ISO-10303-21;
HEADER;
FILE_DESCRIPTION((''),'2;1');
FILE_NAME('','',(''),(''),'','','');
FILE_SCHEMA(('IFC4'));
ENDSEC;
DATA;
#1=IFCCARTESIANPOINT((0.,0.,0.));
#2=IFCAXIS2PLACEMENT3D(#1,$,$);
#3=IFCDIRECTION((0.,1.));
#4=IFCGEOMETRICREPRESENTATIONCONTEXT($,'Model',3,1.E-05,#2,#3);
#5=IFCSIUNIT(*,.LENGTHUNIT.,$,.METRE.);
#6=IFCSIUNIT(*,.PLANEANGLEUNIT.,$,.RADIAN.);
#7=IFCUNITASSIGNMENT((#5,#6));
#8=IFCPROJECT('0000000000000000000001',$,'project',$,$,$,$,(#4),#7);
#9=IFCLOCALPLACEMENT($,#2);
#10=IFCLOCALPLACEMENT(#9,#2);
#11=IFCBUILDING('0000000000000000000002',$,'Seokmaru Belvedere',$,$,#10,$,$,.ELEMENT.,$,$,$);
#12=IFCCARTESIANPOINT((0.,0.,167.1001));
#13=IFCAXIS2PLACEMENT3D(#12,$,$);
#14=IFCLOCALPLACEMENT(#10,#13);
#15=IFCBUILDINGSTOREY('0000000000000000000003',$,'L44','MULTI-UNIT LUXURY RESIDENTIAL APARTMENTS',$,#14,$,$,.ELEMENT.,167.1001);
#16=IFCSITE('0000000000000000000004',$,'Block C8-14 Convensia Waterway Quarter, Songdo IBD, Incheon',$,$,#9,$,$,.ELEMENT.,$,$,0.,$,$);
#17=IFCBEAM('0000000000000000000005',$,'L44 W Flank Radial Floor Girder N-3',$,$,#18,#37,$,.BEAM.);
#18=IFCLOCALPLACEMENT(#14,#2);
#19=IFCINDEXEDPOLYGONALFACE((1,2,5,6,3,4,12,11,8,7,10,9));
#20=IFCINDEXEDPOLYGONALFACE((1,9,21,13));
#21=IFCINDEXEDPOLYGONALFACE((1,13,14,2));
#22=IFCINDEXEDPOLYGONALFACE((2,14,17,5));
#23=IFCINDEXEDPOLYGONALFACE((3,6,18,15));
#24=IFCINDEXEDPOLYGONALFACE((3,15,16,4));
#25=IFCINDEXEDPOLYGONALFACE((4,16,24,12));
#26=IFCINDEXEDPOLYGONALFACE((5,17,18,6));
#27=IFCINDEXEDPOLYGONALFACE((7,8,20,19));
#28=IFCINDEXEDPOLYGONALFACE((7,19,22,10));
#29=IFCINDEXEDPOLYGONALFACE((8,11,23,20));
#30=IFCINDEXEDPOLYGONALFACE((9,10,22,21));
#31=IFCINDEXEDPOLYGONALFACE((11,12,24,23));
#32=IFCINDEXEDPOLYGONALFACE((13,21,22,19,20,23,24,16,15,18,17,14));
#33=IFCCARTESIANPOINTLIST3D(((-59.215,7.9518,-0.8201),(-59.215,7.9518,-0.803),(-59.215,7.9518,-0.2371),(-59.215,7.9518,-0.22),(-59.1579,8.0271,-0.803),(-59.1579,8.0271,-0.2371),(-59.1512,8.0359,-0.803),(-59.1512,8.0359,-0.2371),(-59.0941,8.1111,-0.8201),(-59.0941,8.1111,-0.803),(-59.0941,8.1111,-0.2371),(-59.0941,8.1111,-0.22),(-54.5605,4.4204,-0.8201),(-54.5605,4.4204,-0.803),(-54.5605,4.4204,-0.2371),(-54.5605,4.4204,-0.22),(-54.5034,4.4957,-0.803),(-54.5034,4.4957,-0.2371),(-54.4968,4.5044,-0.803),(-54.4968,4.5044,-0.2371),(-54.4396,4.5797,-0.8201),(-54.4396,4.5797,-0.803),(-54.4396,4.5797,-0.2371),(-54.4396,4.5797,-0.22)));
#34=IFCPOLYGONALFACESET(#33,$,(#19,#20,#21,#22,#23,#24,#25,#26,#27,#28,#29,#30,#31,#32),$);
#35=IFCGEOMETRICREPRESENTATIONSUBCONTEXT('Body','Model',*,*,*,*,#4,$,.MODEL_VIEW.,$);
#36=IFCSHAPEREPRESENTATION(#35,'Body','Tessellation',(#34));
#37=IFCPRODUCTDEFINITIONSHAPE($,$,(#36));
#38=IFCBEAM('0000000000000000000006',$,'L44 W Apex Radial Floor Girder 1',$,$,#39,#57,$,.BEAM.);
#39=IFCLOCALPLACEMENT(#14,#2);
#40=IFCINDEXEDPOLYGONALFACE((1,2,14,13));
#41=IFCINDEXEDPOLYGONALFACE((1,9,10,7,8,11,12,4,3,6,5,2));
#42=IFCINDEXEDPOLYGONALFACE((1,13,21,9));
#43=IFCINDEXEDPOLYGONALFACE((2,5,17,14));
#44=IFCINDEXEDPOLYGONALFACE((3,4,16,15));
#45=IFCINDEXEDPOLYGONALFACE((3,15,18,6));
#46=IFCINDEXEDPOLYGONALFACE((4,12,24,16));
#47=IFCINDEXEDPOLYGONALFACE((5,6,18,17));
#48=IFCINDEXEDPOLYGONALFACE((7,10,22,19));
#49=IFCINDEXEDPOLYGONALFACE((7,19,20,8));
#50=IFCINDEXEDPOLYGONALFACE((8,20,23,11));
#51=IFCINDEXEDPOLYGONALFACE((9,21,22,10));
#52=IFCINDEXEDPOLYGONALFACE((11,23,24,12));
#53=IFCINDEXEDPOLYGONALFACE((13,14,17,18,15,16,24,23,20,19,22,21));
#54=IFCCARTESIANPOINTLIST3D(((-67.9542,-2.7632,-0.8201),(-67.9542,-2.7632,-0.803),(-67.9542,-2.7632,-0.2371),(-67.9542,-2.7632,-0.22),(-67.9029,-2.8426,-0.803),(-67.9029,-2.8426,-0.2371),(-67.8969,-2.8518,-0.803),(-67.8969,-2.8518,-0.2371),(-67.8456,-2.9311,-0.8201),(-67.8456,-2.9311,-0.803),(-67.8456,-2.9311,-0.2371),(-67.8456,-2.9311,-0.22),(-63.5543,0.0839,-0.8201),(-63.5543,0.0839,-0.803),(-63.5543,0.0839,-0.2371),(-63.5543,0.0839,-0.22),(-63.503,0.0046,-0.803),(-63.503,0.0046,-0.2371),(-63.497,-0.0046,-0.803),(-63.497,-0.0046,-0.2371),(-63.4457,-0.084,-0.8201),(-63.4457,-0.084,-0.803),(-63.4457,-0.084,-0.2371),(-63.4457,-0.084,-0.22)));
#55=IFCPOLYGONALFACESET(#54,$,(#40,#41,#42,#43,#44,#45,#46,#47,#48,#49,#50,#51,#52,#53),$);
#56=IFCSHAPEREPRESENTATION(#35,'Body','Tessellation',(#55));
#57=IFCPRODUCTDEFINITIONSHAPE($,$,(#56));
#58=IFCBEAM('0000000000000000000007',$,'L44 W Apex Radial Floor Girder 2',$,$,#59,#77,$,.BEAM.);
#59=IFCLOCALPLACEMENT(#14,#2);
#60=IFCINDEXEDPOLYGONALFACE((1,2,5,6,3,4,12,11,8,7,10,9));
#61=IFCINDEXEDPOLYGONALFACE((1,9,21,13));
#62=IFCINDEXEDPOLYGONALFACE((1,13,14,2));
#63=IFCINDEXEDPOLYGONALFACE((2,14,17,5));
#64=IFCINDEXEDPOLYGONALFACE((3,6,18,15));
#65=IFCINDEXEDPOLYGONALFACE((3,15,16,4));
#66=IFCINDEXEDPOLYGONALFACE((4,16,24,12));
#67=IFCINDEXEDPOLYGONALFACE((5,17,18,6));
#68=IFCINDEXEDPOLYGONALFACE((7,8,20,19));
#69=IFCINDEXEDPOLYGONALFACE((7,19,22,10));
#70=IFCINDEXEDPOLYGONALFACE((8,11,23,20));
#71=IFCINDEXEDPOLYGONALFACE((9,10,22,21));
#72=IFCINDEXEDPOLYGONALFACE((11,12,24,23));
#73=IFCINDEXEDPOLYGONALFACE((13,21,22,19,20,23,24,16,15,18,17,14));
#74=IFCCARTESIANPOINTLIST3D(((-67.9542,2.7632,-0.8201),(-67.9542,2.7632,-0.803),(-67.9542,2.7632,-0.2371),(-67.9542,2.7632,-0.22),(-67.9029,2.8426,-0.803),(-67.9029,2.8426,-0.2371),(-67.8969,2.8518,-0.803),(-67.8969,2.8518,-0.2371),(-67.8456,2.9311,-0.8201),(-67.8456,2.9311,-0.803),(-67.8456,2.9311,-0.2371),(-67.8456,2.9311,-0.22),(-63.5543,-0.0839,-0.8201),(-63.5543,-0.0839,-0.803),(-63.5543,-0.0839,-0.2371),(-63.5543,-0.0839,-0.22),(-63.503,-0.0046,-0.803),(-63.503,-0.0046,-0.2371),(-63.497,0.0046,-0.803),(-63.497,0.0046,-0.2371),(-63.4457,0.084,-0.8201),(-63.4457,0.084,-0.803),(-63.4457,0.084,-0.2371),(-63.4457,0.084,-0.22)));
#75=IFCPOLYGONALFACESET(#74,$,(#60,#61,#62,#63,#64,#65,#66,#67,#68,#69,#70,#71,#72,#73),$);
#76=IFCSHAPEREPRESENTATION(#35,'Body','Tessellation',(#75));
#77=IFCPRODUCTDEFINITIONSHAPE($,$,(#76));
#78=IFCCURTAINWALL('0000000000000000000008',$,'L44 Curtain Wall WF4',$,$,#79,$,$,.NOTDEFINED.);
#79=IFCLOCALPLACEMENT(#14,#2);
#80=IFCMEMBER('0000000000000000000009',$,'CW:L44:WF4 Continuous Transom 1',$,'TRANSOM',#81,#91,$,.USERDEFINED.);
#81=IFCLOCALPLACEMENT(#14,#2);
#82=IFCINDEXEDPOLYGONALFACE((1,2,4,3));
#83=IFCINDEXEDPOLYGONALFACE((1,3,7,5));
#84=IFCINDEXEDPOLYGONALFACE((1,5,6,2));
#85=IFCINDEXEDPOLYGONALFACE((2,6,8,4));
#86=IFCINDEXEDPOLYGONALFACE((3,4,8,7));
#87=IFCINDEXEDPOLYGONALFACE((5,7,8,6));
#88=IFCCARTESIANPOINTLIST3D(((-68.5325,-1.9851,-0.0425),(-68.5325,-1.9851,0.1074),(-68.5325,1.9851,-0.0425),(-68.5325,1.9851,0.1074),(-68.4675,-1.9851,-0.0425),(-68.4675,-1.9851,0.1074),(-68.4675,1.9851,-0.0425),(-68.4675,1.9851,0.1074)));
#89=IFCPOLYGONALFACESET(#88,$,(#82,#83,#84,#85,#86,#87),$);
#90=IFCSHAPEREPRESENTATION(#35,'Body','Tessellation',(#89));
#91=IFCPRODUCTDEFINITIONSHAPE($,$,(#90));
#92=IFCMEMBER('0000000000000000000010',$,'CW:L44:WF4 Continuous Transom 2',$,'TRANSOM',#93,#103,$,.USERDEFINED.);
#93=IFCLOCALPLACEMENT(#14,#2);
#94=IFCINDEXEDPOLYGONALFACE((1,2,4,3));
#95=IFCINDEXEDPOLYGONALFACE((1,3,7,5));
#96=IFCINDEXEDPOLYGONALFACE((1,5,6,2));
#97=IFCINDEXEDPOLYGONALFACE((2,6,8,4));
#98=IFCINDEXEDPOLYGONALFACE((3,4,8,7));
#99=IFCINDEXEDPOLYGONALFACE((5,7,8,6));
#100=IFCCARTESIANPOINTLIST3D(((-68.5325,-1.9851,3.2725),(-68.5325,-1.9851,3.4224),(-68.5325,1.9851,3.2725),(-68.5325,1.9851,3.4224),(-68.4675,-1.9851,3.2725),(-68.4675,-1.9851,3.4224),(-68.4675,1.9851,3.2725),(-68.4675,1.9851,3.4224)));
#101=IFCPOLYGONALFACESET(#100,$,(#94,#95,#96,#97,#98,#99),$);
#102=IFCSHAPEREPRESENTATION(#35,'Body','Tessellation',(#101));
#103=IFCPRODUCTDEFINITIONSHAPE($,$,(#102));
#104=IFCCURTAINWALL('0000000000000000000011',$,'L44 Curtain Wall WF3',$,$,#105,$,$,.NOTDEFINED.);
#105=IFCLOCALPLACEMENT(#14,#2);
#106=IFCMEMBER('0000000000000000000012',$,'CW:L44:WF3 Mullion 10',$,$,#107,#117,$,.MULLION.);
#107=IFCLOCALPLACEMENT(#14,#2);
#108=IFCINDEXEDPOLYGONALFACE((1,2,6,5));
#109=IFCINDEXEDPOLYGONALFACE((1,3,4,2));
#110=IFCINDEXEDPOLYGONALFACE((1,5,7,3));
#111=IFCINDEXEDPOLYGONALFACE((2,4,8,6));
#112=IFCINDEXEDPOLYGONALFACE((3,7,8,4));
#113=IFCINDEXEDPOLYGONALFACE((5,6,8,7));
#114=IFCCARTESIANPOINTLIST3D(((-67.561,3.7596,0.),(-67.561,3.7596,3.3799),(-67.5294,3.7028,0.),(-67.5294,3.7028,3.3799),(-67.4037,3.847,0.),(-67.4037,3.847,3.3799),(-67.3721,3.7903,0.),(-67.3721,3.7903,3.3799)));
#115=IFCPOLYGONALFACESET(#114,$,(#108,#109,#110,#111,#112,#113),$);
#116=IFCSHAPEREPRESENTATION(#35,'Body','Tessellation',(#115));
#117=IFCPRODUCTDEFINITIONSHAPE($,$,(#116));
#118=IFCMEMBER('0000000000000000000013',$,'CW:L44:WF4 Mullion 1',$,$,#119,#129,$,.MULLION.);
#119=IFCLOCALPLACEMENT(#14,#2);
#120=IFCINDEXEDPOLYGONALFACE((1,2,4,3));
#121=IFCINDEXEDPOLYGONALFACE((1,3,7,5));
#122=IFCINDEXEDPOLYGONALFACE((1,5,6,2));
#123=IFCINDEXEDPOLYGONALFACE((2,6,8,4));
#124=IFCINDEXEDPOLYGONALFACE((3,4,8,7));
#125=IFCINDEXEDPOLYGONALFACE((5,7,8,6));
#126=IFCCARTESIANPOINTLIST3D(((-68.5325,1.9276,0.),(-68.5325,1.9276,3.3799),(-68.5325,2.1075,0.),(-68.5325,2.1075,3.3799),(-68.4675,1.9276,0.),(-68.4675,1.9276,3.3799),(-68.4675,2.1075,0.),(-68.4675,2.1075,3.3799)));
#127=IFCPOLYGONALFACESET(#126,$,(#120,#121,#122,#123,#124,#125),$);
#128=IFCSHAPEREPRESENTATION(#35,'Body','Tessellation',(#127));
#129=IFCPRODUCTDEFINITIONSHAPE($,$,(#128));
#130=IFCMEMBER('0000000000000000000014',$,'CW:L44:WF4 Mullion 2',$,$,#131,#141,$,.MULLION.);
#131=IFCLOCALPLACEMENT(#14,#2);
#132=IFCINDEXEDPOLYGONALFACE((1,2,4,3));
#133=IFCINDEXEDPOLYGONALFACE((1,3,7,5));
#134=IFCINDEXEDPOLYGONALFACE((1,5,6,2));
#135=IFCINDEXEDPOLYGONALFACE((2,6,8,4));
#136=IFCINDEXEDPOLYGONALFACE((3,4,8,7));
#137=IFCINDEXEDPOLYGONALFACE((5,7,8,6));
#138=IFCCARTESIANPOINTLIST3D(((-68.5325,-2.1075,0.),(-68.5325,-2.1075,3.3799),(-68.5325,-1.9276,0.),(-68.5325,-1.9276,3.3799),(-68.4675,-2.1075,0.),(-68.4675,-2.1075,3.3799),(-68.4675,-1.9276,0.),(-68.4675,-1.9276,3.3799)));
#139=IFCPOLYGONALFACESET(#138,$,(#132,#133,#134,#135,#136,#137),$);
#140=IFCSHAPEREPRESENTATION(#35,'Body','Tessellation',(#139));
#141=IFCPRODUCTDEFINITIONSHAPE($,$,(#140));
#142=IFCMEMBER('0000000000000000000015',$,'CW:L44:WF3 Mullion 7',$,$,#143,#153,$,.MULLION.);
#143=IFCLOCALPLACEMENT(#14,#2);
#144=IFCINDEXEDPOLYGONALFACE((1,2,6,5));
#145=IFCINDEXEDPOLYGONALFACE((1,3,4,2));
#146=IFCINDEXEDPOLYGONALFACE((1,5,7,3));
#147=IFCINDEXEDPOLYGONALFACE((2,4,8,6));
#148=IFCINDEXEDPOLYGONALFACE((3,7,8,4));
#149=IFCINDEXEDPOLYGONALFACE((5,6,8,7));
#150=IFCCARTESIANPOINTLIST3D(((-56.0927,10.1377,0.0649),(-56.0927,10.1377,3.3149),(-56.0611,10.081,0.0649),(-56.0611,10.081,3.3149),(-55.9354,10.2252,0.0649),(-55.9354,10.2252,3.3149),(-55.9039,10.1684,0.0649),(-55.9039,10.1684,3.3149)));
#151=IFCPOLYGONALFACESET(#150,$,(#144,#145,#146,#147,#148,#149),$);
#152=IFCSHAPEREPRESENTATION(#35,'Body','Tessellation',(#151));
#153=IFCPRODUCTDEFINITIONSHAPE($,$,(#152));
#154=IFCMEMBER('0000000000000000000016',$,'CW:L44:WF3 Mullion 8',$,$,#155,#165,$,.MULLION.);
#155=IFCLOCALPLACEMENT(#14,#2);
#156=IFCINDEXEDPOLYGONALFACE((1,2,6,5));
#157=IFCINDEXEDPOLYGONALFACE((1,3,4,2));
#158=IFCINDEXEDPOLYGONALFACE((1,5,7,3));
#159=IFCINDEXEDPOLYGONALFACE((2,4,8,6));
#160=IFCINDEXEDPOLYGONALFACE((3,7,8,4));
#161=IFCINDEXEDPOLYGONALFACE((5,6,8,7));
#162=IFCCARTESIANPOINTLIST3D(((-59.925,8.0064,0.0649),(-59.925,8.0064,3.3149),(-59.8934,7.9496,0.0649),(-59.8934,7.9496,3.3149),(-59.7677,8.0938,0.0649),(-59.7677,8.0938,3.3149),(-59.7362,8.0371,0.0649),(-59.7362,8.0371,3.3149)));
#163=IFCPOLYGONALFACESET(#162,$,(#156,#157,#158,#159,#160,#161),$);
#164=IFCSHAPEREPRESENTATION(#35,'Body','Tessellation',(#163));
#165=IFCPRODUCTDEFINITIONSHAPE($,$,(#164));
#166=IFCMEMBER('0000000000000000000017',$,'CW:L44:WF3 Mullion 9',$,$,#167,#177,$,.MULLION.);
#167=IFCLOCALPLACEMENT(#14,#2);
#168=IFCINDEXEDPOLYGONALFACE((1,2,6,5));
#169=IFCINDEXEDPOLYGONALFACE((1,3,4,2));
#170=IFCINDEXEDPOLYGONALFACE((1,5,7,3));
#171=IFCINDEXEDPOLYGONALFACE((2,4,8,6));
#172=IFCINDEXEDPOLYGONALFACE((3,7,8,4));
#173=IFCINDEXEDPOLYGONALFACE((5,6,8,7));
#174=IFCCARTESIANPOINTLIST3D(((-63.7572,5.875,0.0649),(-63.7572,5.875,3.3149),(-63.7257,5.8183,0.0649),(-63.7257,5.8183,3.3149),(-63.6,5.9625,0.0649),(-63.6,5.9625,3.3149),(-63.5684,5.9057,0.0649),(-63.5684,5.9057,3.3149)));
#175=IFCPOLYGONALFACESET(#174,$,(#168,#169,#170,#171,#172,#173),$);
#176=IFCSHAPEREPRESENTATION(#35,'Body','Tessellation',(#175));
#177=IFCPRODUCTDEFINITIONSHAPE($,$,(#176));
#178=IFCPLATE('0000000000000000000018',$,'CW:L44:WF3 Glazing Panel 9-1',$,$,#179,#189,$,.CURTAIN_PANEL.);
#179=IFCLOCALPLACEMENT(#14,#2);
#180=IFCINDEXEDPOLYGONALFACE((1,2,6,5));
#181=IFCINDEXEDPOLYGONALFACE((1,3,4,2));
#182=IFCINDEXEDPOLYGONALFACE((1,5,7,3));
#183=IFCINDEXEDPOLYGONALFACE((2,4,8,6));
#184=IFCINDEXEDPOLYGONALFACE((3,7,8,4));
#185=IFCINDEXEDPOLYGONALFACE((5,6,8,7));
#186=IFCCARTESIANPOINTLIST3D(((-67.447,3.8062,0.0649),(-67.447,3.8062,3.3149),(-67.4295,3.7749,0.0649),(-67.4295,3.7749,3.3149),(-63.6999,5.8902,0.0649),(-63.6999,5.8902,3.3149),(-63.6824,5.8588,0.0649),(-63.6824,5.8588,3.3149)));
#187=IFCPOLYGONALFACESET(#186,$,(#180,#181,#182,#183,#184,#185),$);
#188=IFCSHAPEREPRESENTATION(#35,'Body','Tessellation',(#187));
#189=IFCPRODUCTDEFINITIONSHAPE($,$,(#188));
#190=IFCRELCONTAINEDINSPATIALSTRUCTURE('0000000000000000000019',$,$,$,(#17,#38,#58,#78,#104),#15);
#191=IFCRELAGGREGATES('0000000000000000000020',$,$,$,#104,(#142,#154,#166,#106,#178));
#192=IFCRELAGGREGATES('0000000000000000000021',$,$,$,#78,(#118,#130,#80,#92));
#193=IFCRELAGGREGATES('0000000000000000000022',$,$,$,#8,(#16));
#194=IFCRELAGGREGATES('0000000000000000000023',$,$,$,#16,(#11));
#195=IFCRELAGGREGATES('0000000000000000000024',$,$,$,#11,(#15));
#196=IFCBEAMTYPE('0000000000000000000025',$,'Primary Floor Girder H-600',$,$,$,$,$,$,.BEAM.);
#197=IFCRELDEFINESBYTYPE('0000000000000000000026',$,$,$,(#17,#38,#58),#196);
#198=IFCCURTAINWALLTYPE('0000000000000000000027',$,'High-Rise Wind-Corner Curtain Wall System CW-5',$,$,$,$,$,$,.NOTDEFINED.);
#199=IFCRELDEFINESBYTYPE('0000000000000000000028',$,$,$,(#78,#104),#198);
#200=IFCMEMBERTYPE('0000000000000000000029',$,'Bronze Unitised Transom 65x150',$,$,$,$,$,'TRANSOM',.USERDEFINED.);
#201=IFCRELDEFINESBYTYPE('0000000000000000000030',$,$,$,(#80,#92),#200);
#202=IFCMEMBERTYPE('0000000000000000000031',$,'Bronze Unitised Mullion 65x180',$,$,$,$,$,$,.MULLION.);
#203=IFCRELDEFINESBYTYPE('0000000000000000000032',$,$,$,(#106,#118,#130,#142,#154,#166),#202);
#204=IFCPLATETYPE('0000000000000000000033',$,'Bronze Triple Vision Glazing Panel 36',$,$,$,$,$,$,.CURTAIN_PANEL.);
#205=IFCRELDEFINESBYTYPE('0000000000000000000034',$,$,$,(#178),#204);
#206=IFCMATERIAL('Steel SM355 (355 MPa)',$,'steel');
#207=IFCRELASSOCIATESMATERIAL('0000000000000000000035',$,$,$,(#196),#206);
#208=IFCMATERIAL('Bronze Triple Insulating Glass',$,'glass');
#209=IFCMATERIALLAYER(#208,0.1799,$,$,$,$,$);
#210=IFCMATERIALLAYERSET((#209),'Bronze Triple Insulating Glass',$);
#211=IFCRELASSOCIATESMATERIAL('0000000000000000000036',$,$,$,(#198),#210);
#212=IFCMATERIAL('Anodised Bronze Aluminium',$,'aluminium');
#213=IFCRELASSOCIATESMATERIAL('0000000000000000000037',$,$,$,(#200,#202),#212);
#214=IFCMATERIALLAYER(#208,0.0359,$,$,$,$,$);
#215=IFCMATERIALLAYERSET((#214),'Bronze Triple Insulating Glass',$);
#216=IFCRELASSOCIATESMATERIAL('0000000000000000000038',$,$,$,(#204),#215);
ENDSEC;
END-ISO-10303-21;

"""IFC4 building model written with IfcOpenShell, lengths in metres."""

from ifc_helpers import new_model, si_unit, direction, frame, origin, origin_2d, place, context, subcontext, project, spatial, rectangle, i_section, extrude, source, transform, mapped, material, layer, layer_set, material_profile, profile_set, type_object, type_shapes, element, aggregate, save


model = new_model("IFC4")

# Units and contexts
model_context = context("Model", 3, precision=1e-05, world=origin(), true_north=direction((0.0, 1.0)))
body_context = subcontext(model_context, "Body", "Model", "MODEL_VIEW")
ifc_project = project(units=[si_unit("LENGTHUNIT", "METRE"), si_unit("PLANEANGLEUNIT", "RADIAN")], contexts=[model_context])

# Site, building, storey
site_placement = place(None, origin())
site = spatial("IfcSite", under=ifc_project, at=site_placement, Name="Block C8-14 Convensia Waterway Quarter, Songdo IBD, Incheon", CompositionType="ELEMENT", RefElevation=0.0)
building_placement = place(site_placement, origin())
building = spatial("IfcBuilding", under=site, at=building_placement, Name="Seokmaru Belvedere", CompositionType="ELEMENT")
storey_placement = place(building_placement, frame((0.0, 0.0, 167.1001)))
storey = spatial("IfcBuildingStorey", under=building, at=storey_placement, Name="L44", Description="MULTI-UNIT LUXURY RESIDENTIAL APARTMENTS", CompositionType="ELEMENT", Elevation=167.1001)

# Shared definitions
ifc_material_1 = material(Name="Steel SM355 (355 MPa)", Category="steel")

# Beams
ifc_material_profile_1 = material_profile(ifc_material_1, i_section(OverallWidth=0.2, OverallDepth=0.6001, WebThickness=0.011, FlangeThickness=0.0171, at=origin_2d()), Name="H-600x200x11x17")
ifc_profile_set_1 = profile_set([ifc_material_profile_1], Name="Steel SM355 (355 MPa)")
beam_type_1 = type_object("IfcBeamType", Name="Primary Floor Girder H-600", PredefinedType="BEAM", material=ifc_profile_set_1)
shared_shape_1 = source(origin(), body_context, "Body", "SweptSolid", [
    extrude(i_section(OverallWidth=0.2, OverallDepth=0.6001, WebThickness=0.011, FlangeThickness=0.0171, at=origin_2d()), origin(), (0.0, 0.0, 1.0), 5.8425),
])
beam_1_placement = place(storey_placement, frame((-59.1545, 8.0315, -0.52), z_axis=(0.796653, -0.604437, 0.0), x_axis=(0.604437, 0.796653, 0.0)))
element("IfcBeam", 1, at=beam_1_placement, inside=storey, type_object=beam_type_1, Name="L44 W Flank Radial Floor Girder N-3", PredefinedType="BEAM", context=body_context, shape_type="MappedRepresentation", body=[
    mapped(shared_shape_1, transform((0.0, 0.0, 0.0), scale=1.0)),
])
shared_shape_2 = source(origin(), body_context, "Body", "SweptSolid", [
    extrude(i_section(OverallWidth=0.2, OverallDepth=0.6001, WebThickness=0.011, FlangeThickness=0.0171, at=origin_2d()), origin(), (0.0, 0.0, 1.0), 5.2407),
])
for number, where, z_axis, x_axis, name in (
    (2, (-67.8999, -2.8472, -0.52), (0.839555, 0.543274, 0.0), (-0.543274, 0.839555, 0.0), "L44 W Apex Radial Floor Girder 1"),
    (3, (-67.8999, 2.8472, -0.52), (0.839555, -0.543274, 0.0), (0.543274, 0.839555, 0.0), "L44 W Apex Radial Floor Girder 2"),
):
    element("IfcBeam", number, at=place(storey_placement, frame(where, z_axis=z_axis, x_axis=x_axis)), inside=storey, type_object=beam_type_1, Name=name, PredefinedType="BEAM", context=body_context, shape_type="MappedRepresentation", body=[
        mapped(shared_shape_2, transform((0.0, 0.0, 0.0), scale=1.0)),
    ])

# Curtain wall, members
ifc_material_2 = material(Name="Bronze Triple Insulating Glass", Category="glass")
ifc_layer_1 = layer(ifc_material_2, 0.1799)
ifc_layer_set_1 = layer_set([ifc_layer_1], Name="Bronze Triple Insulating Glass")
curtain_wall_type = type_object("IfcCurtainWallType", Name="High-Rise Wind-Corner Curtain Wall System CW-5", PredefinedType="NOTDEFINED", material=ifc_layer_set_1)
curtain_wall_1_placement = place(storey_placement, origin())
curtain_wall_1 = element("IfcCurtainWall", 4, at=curtain_wall_1_placement, inside=storey, type_object=curtain_wall_type, Name="L44 Curtain Wall WF4", PredefinedType="NOTDEFINED")
ifc_material_3 = material(Name="Anodised Bronze Aluminium", Category="aluminium")
ifc_material_profile_2 = material_profile(ifc_material_3, rectangle(XDim=0.0649, YDim=0.1499, at=origin_2d()), Name="CW-T-65x150")
ifc_profile_set_2 = profile_set([ifc_material_profile_2], Name="Anodised Bronze Aluminium")
member_type_1 = type_object("IfcMemberType", Name="Bronze Unitised Transom 65x150", ElementType="TRANSOM", PredefinedType="USERDEFINED", material=ifc_profile_set_2)
shared_shape_3 = source(origin(), body_context, "Body", "SweptSolid", [
    extrude(rectangle(XDim=0.0649, YDim=0.1499, at=origin_2d()), origin(), (0.0, 0.0, 1.0), 3.9702),
])
type_shapes(member_type_1, [shared_shape_3])
member_1_placement = place(storey_placement, frame((-68.5, 1.9851, 0.0325), z_axis=(0.0, -1.0, 0.0), x_axis=(1.0, 0.0, 0.0)))
member_1 = element("IfcMember", 5, at=member_1_placement, type_object=member_type_1, Name="CW:L44:WF4 Continuous Transom 1", ObjectType="TRANSOM", PredefinedType="USERDEFINED", context=body_context, shape_type="MappedRepresentation", body=[
    mapped(shared_shape_3, transform((0.0, 0.0, 0.0), scale=1.0)),
])
member_2_placement = place(storey_placement, frame((-68.5, 1.9851, 3.3474), z_axis=(0.0, -1.0, 0.0), x_axis=(1.0, 0.0, 0.0)))
member_2 = element("IfcMember", 6, at=member_2_placement, type_object=member_type_1, Name="CW:L44:WF4 Continuous Transom 2", ObjectType="TRANSOM", PredefinedType="USERDEFINED", context=body_context, shape_type="MappedRepresentation", body=[
    mapped(shared_shape_3, transform((0.0, 0.0, 0.0), scale=1.0)),
])

# Curtain wall, member
curtain_wall_2_placement = place(storey_placement, origin())
curtain_wall_2 = element("IfcCurtainWall", 7, at=curtain_wall_2_placement, inside=storey, type_object=curtain_wall_type, Name="L44 Curtain Wall WF3", PredefinedType="NOTDEFINED")
ifc_material_profile_3 = material_profile(ifc_material_3, rectangle(XDim=0.0649, YDim=0.1799, at=origin_2d()), Name="CW-M-65x180")
ifc_profile_set_3 = profile_set([ifc_material_profile_3], Name="Anodised Bronze Aluminium")
member_type_2 = type_object("IfcMemberType", Name="Bronze Unitised Mullion 65x180", PredefinedType="MULLION", material=ifc_profile_set_3)
shared_shape_4 = source(origin(), body_context, "Body", "SweptSolid", [
    extrude(rectangle(XDim=0.0649, YDim=0.1799, at=origin_2d()), origin(), (0.0, 0.0, 1.0), 3.3799),
])
member_3_placement = place(storey_placement, frame((-67.4666, 3.7749, 0.0), z_axis=(0.0, 0.0, 1.0), x_axis=(0.486047, -0.873933, 0.0)))
member_3 = element("IfcMember", 8, at=member_3_placement, type_object=member_type_2, Name="CW:L44:WF3 Mullion 10", PredefinedType="MULLION", context=body_context, shape_type="MappedRepresentation", body=[
    mapped(shared_shape_4, transform((0.0, 0.0, 0.0), scale=1.0)),
])

# Members
member_4_placement = place(storey_placement, frame((-68.5, 2.0176, 0.0), z_axis=(0.0, 0.0, 1.0), x_axis=(1.0, 0.0, 0.0)))
member_4 = element("IfcMember", 9, at=member_4_placement, type_object=member_type_2, Name="CW:L44:WF4 Mullion 1", PredefinedType="MULLION", context=body_context, shape_type="MappedRepresentation", body=[
    mapped(shared_shape_4, transform((0.0, 0.0, 0.0), scale=1.0)),
])
member_5_placement = place(storey_placement, frame((-68.5, -2.0176, 0.0), z_axis=(0.0, 0.0, 1.0), x_axis=(1.0, 0.0, 0.0)))
member_5 = element("IfcMember", 10, at=member_5_placement, type_object=member_type_2, Name="CW:L44:WF4 Mullion 2", PredefinedType="MULLION", context=body_context, shape_type="MappedRepresentation", body=[
    mapped(shared_shape_4, transform((0.0, 0.0, 0.0), scale=1.0)),
])
shared_shape_5 = source(origin(), body_context, "Body", "SweptSolid", [
    extrude(rectangle(XDim=0.0649, YDim=0.1799, at=origin_2d()), origin(), (0.0, 0.0, 1.0), 3.25),
])
type_shapes(member_type_2, [shared_shape_4, shared_shape_5])
member_6_placement = place(storey_placement, frame((-55.9983, 10.1531, 0.0649), z_axis=(0.0, 0.0, 1.0), x_axis=(0.486047, -0.873933, 0.0)))
member_6 = element("IfcMember", 11, at=member_6_placement, type_object=member_type_2, Name="CW:L44:WF3 Mullion 7", PredefinedType="MULLION", context=body_context, shape_type="MappedRepresentation", body=[
    mapped(shared_shape_5, transform((0.0, 0.0, 0.0), scale=1.0)),
])
member_7_placement = place(storey_placement, frame((-59.8306, 8.0217, 0.0649), z_axis=(0.0, 0.0, 1.0), x_axis=(0.486047, -0.873933, 0.0)))
member_7 = element("IfcMember", 12, at=member_7_placement, type_object=member_type_2, Name="CW:L44:WF3 Mullion 8", PredefinedType="MULLION", context=body_context, shape_type="MappedRepresentation", body=[
    mapped(shared_shape_5, transform((0.0, 0.0, 0.0), scale=1.0)),
])
member_8_placement = place(storey_placement, frame((-63.6628, 5.8904, 0.0649), z_axis=(0.0, 0.0, 1.0), x_axis=(0.486047, -0.873933, 0.0)))
member_8 = element("IfcMember", 13, at=member_8_placement, type_object=member_type_2, Name="CW:L44:WF3 Mullion 9", PredefinedType="MULLION", context=body_context, shape_type="MappedRepresentation", body=[
    mapped(shared_shape_5, transform((0.0, 0.0, 0.0), scale=1.0)),
])

# Plate
ifc_layer_2 = layer(ifc_material_2, 0.0359)
ifc_layer_set_2 = layer_set([ifc_layer_2], Name="Bronze Triple Insulating Glass")
plate_type = type_object("IfcPlateType", Name="Bronze Triple Vision Glazing Panel 36", PredefinedType="CURTAIN_PANEL", material=ifc_layer_set_2)
shared_shape_6 = source(origin(), body_context, "Body", "SweptSolid", [
    extrude(rectangle(XDim=4.2876, YDim=0.0359, at=origin_2d()), origin(), (0.0, 0.0, 1.0), 3.25),
])
plate_1_placement = place(storey_placement, frame((-65.5647, 4.8325, 0.0649), z_axis=(0.0, 0.0, 1.0), x_axis=(-0.873933, -0.486047, 0.0)))
plate_1 = element("IfcPlate", 14, at=plate_1_placement, type_object=plate_type, Name="CW:L44:WF3 Glazing Panel 9-1", PredefinedType="CURTAIN_PANEL", context=body_context, shape_type="MappedRepresentation", body=[
    mapped(shared_shape_6, transform((0.0, 0.0, 0.0), scale=1.0)),
])
aggregate(curtain_wall_2, [member_6, member_7, member_8, member_3, plate_1])
aggregate(curtain_wall_1, [member_4, member_5, member_1, member_2])

save(model, "model.ifc")
